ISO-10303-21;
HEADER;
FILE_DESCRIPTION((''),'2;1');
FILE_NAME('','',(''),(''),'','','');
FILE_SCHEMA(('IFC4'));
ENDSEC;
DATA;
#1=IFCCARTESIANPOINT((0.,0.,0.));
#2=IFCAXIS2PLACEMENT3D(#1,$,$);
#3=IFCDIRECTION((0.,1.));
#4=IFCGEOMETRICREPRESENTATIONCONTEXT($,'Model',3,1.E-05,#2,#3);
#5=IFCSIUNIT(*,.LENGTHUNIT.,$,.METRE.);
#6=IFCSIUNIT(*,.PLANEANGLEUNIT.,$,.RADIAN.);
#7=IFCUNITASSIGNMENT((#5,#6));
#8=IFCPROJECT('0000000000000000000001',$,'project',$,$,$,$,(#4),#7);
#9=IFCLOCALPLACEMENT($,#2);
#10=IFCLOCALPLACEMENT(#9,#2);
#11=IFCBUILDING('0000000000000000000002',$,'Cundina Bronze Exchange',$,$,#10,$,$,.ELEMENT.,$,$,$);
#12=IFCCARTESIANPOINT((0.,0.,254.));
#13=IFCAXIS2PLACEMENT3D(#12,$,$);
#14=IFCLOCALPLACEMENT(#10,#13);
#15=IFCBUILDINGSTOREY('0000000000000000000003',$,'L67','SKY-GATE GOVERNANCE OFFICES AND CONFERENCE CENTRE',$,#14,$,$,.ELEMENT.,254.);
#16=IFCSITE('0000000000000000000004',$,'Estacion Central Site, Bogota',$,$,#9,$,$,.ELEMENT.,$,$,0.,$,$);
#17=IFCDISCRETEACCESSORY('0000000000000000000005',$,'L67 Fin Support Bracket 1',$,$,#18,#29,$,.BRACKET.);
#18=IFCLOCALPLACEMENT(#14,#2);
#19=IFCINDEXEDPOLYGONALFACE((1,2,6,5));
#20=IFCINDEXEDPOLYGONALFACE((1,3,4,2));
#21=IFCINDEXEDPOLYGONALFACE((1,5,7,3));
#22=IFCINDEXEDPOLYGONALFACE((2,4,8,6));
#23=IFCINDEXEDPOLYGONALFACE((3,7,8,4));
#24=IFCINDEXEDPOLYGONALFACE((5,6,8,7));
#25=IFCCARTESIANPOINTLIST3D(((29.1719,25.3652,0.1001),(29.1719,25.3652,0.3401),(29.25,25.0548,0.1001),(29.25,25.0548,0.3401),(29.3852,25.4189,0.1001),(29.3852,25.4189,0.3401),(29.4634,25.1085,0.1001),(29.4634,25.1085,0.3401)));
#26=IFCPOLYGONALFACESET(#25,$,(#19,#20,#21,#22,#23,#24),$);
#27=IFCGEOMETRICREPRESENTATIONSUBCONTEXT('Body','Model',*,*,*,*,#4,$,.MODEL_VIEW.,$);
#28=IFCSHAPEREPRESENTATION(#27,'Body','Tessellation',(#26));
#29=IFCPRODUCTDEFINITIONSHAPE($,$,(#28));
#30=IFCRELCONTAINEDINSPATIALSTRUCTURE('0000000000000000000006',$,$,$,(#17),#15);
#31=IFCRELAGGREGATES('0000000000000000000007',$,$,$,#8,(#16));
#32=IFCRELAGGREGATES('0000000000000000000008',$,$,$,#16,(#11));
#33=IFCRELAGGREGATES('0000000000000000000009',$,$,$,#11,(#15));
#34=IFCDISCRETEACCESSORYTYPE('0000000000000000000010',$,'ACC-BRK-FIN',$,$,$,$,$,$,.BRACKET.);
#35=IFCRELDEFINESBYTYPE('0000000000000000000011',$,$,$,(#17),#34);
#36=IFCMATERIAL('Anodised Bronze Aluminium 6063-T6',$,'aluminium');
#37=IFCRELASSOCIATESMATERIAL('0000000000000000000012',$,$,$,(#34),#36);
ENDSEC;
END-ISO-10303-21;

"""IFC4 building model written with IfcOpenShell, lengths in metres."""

from ifc_helpers import new_model, si_unit, direction, frame, origin, origin_2d, place, context, subcontext, project, spatial, rectangle, extrude, material, type_object, element, save


model = new_model("IFC4")

# Units and contexts
model_context = context("Model", 3, precision=1e-05, world=origin(), true_north=direction((0.0, 1.0)))
body_context = subcontext(model_context, "Body", "Model", "MODEL_VIEW")
ifc_project = project(units=[si_unit("LENGTHUNIT", "METRE"), si_unit("PLANEANGLEUNIT", "RADIAN")], contexts=[model_context])

# Site, building, storey
site_placement = place(None, origin())
site = spatial("IfcSite", under=ifc_project, at=site_placement, Name="Estacion Central Site, Bogota", CompositionType="ELEMENT", RefElevation=0.0)
building_placement = place(site_placement, origin())
building = spatial("IfcBuilding", under=site, at=building_placement, Name="Cundina Bronze Exchange", CompositionType="ELEMENT")
storey_placement = place(building_placement, frame((0.0, 0.0, 254.0)))
storey = spatial("IfcBuildingStorey", under=building, at=storey_placement, Name="L67", Description="SKY-GATE GOVERNANCE OFFICES AND CONFERENCE CENTRE", CompositionType="ELEMENT", Elevation=254.0)

# Shared definitions
ifc_material_1 = material(Name="Anodised Bronze Aluminium 6063-T6", Category="aluminium")

# Discrete accessory
discrete_accessory_type = type_object("IfcDiscreteAccessoryType", Name="ACC-BRK-FIN", PredefinedType="BRACKET", material=ifc_material_1)
for number, where, z_axis, x_axis, name in (
    (1, (29.3176, 25.2368, 0.1001), (0.0, 0.0, 1.0), (-0.969732, -0.244174, 0.0), "L67 Fin Support Bracket 1"),
):
    element("IfcDiscreteAccessory", number, at=place(storey_placement, frame(where, z_axis=z_axis, x_axis=x_axis)), inside=storey, type_object=discrete_accessory_type, Name=name, PredefinedType="BRACKET", context=body_context, shape_type="SweptSolid", body=[
        extrude(rectangle(XDim=0.22, YDim=0.3201, at=origin_2d()), origin(), (0.0, 0.0, 1.0), 0.24),
    ])

save(model, "model.ifc")
